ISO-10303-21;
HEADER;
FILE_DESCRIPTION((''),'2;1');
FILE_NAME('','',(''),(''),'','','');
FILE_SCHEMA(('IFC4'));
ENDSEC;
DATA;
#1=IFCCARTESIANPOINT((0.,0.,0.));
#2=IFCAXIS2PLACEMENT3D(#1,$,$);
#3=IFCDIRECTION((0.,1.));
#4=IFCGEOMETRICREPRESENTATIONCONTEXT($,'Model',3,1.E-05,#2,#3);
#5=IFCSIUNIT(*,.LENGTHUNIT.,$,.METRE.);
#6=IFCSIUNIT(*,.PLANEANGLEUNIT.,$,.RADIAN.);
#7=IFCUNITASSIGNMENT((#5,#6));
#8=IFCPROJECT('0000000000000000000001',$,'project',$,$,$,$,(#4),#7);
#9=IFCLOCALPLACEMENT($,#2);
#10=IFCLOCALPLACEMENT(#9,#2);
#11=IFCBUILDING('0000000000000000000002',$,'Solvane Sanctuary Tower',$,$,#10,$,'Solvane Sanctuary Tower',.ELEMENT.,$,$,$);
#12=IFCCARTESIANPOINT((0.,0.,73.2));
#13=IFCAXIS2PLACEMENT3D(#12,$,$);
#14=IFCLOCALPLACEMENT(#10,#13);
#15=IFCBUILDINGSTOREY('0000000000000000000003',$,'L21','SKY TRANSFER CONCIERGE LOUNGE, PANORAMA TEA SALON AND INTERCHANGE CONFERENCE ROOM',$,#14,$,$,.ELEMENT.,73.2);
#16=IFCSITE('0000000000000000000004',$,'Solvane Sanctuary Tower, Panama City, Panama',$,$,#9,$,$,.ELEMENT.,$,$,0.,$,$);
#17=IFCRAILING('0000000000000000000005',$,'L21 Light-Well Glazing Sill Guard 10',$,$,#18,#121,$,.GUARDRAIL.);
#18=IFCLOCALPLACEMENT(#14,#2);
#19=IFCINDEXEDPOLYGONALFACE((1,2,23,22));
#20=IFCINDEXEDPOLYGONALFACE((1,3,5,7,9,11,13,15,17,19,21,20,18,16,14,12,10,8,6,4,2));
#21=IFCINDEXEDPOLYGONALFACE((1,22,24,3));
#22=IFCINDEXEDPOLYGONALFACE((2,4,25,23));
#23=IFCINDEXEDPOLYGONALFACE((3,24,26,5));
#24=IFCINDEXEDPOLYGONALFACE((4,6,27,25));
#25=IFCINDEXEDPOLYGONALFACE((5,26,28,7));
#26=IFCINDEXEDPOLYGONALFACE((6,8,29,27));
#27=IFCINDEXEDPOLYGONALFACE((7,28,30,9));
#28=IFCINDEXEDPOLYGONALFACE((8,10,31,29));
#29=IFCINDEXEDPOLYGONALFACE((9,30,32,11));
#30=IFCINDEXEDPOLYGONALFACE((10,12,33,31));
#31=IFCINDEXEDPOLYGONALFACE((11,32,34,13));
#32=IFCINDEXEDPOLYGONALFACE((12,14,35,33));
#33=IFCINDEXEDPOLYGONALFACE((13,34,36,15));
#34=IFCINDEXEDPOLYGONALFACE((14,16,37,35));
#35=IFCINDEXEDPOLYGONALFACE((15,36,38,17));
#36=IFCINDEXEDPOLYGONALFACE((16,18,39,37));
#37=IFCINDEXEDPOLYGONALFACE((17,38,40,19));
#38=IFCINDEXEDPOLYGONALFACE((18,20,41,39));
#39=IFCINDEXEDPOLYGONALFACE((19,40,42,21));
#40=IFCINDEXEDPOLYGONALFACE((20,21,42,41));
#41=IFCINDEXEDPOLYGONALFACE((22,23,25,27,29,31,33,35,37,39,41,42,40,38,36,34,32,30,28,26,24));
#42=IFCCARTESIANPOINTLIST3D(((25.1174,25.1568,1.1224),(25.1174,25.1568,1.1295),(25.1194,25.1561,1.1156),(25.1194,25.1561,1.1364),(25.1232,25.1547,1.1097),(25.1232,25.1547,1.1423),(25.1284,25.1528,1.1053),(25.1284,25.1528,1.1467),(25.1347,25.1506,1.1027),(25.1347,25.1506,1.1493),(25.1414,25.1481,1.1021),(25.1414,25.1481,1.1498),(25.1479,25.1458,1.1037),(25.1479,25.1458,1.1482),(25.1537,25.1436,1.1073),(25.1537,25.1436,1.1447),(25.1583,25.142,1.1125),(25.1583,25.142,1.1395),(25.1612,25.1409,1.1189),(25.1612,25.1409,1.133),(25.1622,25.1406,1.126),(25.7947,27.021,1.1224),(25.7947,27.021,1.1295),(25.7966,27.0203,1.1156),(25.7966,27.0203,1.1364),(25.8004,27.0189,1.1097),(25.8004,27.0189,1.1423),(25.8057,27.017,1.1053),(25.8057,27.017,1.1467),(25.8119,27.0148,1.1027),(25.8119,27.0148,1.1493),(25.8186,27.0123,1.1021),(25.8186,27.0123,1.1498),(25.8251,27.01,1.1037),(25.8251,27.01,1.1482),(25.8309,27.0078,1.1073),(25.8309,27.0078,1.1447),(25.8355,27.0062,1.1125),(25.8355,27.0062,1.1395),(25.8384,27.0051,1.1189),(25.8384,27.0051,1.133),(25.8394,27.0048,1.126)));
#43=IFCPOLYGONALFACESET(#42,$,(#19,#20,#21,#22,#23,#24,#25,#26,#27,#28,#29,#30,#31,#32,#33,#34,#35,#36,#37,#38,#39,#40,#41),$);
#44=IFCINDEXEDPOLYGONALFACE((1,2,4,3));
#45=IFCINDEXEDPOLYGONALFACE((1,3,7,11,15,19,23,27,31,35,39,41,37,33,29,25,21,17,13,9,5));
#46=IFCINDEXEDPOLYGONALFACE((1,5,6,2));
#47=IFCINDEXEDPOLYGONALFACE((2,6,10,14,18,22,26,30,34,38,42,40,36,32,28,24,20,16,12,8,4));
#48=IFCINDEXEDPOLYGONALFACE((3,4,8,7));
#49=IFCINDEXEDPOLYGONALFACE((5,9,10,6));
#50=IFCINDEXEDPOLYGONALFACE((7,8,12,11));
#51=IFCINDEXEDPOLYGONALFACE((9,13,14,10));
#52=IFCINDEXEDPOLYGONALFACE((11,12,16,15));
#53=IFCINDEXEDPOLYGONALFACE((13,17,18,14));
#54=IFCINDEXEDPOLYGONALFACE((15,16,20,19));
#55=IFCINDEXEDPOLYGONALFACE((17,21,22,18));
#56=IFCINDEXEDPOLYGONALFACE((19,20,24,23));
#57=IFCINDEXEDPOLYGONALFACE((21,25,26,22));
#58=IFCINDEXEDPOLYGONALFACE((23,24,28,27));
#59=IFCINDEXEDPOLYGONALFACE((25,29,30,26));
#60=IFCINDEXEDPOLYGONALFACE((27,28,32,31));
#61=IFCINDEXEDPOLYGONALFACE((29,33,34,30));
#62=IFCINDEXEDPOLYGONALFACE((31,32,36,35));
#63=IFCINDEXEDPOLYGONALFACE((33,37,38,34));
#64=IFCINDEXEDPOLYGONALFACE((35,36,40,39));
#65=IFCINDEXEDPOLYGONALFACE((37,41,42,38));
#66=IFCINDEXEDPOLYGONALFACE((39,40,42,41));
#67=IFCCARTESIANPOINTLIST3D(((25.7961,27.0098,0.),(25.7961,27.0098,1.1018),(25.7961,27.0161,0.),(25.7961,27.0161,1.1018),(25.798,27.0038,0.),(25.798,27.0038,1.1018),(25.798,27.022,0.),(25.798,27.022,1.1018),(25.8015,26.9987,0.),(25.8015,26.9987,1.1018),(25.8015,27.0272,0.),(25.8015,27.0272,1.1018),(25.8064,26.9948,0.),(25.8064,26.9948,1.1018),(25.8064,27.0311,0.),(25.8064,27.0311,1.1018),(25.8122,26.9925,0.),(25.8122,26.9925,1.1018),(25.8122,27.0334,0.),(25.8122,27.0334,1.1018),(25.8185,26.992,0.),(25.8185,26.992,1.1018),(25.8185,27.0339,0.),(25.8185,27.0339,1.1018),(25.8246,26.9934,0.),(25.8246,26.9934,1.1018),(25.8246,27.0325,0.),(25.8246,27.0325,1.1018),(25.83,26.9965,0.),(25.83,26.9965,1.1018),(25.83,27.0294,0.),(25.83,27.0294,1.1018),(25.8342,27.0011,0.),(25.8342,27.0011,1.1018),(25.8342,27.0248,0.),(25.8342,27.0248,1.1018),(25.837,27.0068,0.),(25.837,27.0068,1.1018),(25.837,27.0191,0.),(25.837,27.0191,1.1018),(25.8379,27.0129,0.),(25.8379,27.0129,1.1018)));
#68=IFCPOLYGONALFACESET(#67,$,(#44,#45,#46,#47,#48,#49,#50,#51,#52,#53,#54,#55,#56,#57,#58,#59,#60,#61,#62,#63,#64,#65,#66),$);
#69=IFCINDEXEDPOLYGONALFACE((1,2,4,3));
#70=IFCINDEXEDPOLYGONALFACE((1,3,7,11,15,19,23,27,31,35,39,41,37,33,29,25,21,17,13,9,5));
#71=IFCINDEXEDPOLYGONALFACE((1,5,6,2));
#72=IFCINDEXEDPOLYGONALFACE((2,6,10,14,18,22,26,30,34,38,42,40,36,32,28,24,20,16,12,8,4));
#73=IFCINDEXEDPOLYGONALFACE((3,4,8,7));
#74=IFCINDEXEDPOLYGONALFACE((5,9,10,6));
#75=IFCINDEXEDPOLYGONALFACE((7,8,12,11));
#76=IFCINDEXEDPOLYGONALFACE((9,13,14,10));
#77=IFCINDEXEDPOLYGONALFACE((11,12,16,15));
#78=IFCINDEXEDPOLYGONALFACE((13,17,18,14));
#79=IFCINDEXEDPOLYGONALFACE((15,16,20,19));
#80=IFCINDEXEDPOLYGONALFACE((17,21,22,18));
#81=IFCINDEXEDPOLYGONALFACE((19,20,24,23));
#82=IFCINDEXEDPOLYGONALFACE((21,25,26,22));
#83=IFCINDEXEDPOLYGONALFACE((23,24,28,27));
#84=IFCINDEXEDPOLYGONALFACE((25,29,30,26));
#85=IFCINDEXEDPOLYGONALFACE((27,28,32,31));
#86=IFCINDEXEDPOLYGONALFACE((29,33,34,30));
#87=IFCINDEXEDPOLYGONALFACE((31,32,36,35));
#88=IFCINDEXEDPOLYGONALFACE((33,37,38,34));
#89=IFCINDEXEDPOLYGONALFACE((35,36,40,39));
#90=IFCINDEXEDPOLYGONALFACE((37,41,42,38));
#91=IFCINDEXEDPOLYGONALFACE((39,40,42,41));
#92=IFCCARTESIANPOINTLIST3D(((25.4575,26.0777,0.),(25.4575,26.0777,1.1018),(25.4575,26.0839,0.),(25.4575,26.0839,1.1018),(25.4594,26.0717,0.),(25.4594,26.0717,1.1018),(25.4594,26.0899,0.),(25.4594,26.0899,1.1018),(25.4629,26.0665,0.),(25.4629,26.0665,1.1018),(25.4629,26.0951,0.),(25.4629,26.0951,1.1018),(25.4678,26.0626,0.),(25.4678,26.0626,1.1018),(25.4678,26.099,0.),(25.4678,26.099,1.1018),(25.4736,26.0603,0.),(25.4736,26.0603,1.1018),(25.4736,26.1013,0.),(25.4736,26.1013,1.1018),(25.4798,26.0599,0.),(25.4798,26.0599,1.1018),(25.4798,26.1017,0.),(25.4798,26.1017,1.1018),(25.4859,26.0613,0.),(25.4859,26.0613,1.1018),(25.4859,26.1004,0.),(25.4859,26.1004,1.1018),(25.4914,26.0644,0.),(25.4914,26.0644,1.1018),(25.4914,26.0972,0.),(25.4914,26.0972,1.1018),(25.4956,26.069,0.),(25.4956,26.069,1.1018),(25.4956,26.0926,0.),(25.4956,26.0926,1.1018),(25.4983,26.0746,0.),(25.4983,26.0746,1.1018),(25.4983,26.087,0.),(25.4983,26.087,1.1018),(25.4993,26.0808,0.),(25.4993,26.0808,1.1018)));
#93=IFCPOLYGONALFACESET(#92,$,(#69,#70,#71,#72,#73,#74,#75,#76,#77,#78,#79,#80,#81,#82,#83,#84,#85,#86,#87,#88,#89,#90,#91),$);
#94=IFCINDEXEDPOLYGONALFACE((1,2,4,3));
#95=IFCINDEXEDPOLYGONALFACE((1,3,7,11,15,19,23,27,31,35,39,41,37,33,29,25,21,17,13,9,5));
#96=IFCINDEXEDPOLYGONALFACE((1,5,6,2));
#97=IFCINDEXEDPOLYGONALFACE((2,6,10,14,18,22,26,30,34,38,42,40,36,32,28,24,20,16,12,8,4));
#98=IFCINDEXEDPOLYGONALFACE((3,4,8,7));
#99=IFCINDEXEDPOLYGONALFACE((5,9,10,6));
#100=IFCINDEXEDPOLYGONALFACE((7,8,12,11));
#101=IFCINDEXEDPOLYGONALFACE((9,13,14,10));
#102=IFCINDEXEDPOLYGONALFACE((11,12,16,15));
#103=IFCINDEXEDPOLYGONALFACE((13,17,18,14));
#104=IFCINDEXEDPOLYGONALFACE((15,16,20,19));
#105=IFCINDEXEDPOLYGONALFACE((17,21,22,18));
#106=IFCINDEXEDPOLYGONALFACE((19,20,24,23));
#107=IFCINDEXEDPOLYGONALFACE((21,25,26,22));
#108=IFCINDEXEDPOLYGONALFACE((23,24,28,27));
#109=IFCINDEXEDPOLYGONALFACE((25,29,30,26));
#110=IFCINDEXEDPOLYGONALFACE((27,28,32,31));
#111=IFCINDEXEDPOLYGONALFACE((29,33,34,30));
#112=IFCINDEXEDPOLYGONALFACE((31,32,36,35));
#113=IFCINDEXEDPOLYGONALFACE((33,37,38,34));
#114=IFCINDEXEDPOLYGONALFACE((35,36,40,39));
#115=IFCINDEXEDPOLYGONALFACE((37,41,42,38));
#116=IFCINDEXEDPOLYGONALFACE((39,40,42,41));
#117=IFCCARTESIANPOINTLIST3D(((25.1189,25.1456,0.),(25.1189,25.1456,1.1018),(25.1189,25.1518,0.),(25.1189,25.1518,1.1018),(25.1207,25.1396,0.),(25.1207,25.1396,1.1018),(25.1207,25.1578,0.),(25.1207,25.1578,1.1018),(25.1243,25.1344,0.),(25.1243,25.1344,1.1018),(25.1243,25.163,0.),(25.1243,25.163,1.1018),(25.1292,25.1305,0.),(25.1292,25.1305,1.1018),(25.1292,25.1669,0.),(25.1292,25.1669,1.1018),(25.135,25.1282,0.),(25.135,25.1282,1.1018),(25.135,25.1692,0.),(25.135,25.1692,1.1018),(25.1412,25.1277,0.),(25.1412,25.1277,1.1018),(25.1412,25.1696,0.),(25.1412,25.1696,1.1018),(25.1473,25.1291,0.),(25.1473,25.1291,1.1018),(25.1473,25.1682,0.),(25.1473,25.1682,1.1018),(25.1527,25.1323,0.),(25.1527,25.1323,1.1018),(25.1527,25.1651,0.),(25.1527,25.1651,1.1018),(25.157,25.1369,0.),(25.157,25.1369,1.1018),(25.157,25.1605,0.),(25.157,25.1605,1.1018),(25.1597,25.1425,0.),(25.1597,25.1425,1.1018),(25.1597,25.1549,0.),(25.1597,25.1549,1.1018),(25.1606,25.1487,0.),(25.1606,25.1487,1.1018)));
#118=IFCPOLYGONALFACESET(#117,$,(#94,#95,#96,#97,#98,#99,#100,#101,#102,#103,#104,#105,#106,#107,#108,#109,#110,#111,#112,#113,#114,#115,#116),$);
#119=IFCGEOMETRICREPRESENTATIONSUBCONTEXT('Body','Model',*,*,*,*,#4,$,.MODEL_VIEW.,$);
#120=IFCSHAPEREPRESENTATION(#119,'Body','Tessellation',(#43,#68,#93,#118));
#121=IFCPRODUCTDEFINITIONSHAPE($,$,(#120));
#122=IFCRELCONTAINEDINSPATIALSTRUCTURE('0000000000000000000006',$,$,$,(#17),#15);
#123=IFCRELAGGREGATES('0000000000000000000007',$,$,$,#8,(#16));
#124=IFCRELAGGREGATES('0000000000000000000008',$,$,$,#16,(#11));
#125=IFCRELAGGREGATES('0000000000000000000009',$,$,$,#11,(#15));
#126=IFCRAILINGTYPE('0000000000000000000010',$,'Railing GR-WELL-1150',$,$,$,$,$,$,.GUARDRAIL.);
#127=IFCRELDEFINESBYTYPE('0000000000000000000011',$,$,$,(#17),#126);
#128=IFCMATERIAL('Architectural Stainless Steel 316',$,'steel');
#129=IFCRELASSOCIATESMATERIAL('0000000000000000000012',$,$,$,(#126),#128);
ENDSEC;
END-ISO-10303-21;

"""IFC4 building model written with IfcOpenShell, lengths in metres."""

from ifc_helpers import new_model, si_unit, direction, frame, origin, origin_2d, place, context, subcontext, project, spatial, circle, extrude, material, type_object, element, save


model = new_model("IFC4")

# Units and contexts
model_context = context("Model", 3, precision=1e-05, world=origin(), true_north=direction((0.0, 1.0)))
body_context = subcontext(model_context, "Body", "Model", "MODEL_VIEW")
ifc_project = project(units=[si_unit("LENGTHUNIT", "METRE"), si_unit("PLANEANGLEUNIT", "RADIAN")], contexts=[model_context])

# Site, building, storey
site_placement = place(None, origin())
site = spatial("IfcSite", under=ifc_project, at=site_placement, Name="Solvane Sanctuary Tower, Panama City, Panama", CompositionType="ELEMENT", RefElevation=0.0)
building_placement = place(site_placement, origin())
building = spatial("IfcBuilding", under=site, at=building_placement, Name="Solvane Sanctuary Tower", LongName="Solvane Sanctuary Tower", CompositionType="ELEMENT")
storey_placement = place(building_placement, frame((0.0, 0.0, 73.2)))
storey = spatial("IfcBuildingStorey", under=building, at=storey_placement, Name="L21", Description="SKY TRANSFER CONCIERGE LOUNGE, PANORAMA TEA SALON AND INTERCHANGE CONFERENCE ROOM", CompositionType="ELEMENT", Elevation=73.2)

# Shared definitions
ifc_material_1 = material(Name="Architectural Stainless Steel 316", Category="steel")

# Railing
railing_type = type_object("IfcRailingType", Name="Railing GR-WELL-1150", PredefinedType="GUARDRAIL", material=ifc_material_1)
railing_placement = place(storey_placement, frame((25.8169, 27.0129, 0.0)))
element("IfcRailing", 1, at=railing_placement, inside=storey, type_object=railing_type, Name="L21 Light-Well Glazing Sill Guard 10", PredefinedType="GUARDRAIL", context=body_context, shape_type="SweptSolid", body=[
    extrude(circle(Radius=0.0239, at=origin_2d()), frame((0.0, 0.0, 1.126), z_axis=(-0.341447, -0.939901, 0.0), x_axis=(0.939901, -0.341447, 0.0)), (0.0, 0.0, 1.0), 1.9834),
    extrude(circle(Radius=0.021, at=origin_2d()), origin(), (0.0, 0.0, 1.0), 1.1018),
    extrude(circle(Radius=0.021, at=origin_2d()), frame((-0.3386, -0.9321, 0.0)), (0.0, 0.0, 1.0), 1.1018),
    extrude(circle(Radius=0.021, at=origin_2d()), frame((-0.6772, -1.8643, 0.0)), (0.0, 0.0, 1.0), 1.1018),
])

save(model, "model.ifc")
